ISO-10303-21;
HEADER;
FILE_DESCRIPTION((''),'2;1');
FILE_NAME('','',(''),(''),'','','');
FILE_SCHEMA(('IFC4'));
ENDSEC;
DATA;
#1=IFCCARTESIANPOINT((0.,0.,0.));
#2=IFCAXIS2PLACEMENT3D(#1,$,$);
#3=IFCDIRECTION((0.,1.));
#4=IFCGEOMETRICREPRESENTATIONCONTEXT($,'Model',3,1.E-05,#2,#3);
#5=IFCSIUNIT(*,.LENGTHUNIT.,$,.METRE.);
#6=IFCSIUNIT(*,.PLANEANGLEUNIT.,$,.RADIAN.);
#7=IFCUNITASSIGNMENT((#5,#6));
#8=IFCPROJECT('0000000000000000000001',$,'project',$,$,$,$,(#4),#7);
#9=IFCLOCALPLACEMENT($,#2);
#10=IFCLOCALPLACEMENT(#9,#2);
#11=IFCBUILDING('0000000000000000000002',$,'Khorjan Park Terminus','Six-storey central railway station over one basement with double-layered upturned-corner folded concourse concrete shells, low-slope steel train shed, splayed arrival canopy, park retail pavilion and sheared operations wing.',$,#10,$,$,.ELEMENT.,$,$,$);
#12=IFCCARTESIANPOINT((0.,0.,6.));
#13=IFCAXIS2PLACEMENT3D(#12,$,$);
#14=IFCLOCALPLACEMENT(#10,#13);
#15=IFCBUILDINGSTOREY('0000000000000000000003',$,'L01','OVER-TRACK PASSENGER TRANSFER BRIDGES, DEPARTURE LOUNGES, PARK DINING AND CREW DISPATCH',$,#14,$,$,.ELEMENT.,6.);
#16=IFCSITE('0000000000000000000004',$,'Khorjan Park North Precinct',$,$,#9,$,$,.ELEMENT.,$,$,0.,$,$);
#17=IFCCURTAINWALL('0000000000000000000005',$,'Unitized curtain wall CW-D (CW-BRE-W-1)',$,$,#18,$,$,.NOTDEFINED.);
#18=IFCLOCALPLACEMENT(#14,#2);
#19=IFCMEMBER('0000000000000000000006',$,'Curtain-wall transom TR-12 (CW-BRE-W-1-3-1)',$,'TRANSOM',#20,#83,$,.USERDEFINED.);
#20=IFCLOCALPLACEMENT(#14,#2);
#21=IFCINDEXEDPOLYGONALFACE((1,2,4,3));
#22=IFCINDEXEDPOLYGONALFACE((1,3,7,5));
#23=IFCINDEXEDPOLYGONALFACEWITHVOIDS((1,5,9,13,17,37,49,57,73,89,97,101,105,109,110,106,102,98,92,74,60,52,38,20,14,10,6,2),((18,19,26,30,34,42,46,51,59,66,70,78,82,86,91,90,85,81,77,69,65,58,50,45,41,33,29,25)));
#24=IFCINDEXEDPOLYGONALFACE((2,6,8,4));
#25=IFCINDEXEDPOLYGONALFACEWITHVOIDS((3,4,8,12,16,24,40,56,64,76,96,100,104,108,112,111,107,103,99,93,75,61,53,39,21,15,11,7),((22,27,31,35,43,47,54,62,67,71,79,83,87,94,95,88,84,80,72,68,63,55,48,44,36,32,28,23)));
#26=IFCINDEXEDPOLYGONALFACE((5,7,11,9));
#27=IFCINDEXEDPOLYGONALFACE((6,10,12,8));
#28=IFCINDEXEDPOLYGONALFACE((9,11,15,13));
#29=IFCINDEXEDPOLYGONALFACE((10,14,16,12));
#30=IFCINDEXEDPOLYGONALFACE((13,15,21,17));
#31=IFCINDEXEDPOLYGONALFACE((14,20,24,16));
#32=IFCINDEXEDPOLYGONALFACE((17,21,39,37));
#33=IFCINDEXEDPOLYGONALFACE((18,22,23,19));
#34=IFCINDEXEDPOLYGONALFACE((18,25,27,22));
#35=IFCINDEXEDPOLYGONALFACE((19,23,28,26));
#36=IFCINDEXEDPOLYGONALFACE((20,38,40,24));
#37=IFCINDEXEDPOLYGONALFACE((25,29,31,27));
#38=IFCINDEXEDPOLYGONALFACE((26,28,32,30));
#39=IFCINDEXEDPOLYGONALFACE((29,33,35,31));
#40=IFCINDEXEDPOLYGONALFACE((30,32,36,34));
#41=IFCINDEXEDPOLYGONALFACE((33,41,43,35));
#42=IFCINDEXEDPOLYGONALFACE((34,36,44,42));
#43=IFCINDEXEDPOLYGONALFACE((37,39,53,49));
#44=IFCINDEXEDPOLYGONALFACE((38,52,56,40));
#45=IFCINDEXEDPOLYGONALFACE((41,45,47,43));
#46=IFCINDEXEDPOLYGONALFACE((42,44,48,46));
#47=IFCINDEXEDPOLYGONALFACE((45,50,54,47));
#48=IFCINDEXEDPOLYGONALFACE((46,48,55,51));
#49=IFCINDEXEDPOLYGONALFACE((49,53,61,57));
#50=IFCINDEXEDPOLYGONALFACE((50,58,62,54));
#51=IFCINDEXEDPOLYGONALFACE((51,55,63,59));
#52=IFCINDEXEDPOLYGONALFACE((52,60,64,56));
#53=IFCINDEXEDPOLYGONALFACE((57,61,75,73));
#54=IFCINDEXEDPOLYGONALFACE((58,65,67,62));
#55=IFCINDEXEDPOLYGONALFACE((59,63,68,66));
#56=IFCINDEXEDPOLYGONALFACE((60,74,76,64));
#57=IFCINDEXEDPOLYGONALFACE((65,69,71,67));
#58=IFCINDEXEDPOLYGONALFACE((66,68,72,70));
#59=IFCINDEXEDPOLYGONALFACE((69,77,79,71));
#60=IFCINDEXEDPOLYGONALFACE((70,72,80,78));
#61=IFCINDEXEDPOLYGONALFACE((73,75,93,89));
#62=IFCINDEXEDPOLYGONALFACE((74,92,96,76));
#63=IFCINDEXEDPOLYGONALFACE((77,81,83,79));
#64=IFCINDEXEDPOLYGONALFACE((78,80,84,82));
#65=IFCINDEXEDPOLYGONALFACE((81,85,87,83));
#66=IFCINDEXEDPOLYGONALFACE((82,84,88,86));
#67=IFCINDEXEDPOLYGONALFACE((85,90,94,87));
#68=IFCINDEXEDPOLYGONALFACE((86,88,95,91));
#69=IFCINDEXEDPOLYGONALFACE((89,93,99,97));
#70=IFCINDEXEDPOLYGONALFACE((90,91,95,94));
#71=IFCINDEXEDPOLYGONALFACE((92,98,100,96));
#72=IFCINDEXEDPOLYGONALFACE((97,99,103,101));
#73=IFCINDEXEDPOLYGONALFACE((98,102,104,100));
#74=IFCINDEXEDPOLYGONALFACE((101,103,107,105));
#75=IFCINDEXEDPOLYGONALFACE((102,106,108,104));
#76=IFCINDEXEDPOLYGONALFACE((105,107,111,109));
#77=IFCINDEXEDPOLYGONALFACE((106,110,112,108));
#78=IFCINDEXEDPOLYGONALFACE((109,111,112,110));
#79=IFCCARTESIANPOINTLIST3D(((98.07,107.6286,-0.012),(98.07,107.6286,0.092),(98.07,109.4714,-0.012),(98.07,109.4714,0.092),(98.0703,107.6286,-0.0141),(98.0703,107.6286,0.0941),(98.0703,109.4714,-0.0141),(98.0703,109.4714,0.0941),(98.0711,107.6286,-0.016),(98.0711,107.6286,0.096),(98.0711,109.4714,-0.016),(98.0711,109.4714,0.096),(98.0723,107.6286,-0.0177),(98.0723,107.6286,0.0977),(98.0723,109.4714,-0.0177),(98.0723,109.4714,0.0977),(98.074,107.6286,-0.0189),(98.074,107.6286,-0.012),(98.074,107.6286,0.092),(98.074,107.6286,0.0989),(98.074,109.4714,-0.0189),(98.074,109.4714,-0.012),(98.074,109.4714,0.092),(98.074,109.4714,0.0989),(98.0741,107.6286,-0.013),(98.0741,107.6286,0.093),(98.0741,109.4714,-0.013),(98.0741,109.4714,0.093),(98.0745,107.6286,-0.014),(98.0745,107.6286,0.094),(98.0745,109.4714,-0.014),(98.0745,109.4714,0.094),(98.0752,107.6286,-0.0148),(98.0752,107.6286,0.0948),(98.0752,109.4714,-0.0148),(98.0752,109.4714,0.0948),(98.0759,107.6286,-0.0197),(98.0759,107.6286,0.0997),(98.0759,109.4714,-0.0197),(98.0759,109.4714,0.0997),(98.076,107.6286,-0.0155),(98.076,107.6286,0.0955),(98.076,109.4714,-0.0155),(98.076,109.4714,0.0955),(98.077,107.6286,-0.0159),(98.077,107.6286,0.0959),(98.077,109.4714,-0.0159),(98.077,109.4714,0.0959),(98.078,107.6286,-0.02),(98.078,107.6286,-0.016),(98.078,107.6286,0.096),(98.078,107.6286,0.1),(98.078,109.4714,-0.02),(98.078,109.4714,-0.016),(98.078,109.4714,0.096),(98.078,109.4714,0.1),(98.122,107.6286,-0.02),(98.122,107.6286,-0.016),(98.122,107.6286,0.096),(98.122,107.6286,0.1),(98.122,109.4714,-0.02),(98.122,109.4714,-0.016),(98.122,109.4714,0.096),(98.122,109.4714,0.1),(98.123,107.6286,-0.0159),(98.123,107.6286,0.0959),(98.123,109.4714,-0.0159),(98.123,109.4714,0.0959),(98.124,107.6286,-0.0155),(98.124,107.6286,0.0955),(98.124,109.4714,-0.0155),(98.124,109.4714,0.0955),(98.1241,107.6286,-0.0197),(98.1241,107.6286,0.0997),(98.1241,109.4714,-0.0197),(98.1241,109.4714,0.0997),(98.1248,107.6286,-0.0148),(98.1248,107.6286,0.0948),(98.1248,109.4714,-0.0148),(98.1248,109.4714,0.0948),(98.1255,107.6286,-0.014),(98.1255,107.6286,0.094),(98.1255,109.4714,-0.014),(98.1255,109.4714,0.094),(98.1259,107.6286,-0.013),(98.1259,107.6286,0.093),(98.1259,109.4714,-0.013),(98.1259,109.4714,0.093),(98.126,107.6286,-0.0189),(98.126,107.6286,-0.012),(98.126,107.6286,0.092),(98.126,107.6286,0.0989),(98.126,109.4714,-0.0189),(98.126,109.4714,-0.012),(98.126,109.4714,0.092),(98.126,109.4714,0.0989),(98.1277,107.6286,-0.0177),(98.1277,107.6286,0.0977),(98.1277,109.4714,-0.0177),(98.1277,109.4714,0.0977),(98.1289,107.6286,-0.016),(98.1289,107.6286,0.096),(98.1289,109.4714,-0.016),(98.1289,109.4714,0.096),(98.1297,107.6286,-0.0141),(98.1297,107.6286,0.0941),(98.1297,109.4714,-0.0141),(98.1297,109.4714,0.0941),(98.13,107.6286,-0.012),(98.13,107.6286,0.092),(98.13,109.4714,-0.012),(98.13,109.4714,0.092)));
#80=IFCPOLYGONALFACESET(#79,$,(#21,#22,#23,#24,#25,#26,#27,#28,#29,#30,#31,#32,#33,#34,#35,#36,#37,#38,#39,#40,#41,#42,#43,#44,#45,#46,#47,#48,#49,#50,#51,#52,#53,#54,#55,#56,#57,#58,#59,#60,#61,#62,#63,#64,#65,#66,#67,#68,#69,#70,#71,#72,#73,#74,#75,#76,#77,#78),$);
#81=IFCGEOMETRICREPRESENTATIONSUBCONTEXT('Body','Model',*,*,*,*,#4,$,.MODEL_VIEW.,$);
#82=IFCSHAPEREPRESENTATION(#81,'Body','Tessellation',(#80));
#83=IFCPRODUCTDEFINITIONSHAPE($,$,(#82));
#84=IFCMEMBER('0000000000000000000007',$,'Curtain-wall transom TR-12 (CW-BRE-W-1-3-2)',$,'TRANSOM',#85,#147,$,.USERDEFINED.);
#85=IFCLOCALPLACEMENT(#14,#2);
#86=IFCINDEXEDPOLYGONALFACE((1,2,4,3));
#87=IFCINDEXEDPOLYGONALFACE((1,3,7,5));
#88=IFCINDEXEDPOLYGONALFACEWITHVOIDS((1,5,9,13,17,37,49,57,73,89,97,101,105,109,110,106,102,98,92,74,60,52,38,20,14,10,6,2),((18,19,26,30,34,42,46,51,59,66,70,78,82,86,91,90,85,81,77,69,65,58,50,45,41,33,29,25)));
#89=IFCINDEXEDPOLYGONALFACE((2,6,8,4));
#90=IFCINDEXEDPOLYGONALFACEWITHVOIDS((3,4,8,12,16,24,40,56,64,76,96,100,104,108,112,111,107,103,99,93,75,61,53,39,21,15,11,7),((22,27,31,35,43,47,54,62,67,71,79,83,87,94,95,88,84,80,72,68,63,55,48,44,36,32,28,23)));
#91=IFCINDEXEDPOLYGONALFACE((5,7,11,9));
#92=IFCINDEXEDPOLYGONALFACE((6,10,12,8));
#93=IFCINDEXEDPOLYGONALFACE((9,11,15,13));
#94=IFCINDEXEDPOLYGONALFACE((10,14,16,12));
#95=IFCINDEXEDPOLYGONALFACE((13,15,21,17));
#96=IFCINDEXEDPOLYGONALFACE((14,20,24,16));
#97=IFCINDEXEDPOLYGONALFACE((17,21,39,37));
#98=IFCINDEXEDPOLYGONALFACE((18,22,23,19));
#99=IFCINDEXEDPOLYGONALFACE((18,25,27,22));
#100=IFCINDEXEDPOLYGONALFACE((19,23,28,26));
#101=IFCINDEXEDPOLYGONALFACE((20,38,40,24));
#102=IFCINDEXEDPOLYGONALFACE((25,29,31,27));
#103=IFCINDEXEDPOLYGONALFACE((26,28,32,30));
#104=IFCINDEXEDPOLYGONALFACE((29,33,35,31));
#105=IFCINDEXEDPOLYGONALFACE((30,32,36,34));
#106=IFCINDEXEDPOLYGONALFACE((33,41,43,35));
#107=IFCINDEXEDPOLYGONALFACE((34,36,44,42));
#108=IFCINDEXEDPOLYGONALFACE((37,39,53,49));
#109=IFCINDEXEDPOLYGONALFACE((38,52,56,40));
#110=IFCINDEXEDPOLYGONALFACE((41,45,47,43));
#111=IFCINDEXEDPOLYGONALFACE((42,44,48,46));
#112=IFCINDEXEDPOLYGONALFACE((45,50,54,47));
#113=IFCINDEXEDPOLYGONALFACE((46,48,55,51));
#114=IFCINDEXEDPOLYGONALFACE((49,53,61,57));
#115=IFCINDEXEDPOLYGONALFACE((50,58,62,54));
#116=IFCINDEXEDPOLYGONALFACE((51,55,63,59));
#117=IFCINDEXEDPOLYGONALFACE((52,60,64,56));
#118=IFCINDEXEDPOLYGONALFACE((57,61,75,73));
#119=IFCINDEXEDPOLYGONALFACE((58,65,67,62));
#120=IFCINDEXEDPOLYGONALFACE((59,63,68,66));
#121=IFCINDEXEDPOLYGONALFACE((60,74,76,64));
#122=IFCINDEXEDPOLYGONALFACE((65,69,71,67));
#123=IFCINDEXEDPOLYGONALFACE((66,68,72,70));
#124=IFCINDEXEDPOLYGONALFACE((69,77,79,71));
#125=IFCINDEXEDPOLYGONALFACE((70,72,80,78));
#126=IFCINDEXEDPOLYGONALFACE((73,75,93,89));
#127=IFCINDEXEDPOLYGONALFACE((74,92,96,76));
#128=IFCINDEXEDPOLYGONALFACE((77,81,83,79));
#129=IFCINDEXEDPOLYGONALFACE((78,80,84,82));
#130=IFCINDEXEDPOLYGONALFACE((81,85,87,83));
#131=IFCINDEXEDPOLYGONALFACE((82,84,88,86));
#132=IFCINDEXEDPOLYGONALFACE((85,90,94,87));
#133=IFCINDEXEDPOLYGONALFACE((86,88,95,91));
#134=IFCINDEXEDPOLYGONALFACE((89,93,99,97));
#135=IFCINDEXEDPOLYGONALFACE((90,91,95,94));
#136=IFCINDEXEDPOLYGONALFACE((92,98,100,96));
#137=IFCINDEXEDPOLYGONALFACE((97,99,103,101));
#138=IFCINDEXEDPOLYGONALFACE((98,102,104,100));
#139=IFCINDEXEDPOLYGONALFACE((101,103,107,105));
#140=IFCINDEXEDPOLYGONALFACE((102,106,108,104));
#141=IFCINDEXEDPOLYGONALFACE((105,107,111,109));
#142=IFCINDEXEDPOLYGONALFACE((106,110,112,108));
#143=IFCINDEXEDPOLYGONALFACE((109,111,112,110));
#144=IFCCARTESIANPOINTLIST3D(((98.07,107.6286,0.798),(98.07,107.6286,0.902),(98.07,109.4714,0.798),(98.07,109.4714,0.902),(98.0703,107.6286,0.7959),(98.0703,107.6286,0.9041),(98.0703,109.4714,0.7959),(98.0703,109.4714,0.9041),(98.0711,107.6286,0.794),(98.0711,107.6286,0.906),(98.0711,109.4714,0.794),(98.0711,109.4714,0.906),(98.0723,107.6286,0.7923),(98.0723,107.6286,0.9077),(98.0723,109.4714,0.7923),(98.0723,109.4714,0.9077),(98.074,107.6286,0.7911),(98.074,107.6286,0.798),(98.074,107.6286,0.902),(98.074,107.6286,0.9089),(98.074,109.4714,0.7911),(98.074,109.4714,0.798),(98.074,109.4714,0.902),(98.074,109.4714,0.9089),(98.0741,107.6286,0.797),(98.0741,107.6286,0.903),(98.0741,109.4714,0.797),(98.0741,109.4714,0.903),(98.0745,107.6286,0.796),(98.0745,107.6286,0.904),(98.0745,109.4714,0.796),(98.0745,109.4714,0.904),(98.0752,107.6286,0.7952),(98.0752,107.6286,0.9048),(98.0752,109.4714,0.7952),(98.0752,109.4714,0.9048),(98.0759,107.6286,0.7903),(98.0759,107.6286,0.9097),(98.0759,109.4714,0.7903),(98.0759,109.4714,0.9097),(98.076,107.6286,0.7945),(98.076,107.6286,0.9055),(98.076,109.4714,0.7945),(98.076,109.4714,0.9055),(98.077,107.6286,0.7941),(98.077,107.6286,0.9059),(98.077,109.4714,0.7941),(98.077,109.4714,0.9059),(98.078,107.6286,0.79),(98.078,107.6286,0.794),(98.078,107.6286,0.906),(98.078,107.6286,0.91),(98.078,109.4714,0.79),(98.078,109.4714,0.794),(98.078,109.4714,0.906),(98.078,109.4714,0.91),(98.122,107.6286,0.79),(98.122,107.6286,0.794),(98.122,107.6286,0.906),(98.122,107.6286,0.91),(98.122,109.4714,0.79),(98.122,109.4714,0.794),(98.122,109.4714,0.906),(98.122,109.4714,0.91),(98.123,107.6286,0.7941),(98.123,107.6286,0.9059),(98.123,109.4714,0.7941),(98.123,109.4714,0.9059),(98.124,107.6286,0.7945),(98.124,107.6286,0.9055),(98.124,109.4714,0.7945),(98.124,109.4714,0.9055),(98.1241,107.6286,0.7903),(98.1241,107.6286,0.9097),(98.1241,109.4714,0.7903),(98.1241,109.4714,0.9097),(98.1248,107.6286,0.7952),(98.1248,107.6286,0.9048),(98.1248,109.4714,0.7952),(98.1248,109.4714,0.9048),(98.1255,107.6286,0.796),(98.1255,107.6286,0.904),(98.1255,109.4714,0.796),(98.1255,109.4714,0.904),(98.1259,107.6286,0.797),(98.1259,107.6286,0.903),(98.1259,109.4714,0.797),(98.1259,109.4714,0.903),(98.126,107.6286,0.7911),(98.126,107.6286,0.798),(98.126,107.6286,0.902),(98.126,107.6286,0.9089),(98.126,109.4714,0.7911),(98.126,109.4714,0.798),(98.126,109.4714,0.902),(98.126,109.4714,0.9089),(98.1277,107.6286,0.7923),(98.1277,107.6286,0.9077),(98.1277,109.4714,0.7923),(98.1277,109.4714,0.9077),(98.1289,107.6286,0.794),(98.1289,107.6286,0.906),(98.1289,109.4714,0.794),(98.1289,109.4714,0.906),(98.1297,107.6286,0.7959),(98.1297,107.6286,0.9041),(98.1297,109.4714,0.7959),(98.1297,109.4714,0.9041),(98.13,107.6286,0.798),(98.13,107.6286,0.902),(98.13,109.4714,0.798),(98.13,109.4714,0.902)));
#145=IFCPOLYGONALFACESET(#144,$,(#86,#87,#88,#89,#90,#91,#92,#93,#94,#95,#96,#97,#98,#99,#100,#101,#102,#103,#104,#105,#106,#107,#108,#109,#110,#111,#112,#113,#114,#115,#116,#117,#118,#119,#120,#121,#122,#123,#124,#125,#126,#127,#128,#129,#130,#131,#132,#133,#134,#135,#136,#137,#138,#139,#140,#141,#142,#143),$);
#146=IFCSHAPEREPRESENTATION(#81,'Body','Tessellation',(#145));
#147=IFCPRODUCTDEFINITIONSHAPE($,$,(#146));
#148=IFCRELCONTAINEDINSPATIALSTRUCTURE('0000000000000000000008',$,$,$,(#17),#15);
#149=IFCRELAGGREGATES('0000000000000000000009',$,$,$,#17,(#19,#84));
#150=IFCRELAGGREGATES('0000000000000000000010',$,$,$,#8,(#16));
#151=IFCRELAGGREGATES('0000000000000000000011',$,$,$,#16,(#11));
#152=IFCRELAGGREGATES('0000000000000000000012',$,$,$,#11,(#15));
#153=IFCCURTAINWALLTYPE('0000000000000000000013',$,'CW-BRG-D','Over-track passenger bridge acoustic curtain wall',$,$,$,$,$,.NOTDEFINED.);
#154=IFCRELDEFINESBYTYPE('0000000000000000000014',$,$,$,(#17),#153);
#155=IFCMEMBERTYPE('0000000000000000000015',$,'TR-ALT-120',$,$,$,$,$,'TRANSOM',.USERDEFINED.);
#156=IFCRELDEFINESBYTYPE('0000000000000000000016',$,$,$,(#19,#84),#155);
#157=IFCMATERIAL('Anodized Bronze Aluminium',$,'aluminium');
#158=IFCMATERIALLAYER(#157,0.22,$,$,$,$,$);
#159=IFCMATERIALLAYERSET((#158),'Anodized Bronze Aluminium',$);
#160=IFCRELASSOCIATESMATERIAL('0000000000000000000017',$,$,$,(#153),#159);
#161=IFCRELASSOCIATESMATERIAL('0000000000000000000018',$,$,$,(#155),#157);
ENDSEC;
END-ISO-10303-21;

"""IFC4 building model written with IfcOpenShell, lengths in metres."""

from ifc_helpers import new_model, si_unit, direction, frame, origin, origin_2d, place, context, subcontext, project, spatial, hollow_rectangle, extrude, material, layer, layer_set, material_profile, profile_set, type_object, element, aggregate, save


model = new_model("IFC4")

# Units and contexts
model_context = context("Model", 3, precision=1e-05, world=origin(), true_north=direction((0.0, 1.0)))
body_context = subcontext(model_context, "Body", "Model", "MODEL_VIEW")
ifc_project = project(units=[si_unit("LENGTHUNIT", "METRE"), si_unit("PLANEANGLEUNIT", "RADIAN")], contexts=[model_context])

# Site, building, storey
site_placement = place(None, origin())
site = spatial("IfcSite", under=ifc_project, at=site_placement, Name="Khorjan Park North Precinct", CompositionType="ELEMENT", RefElevation=0.0)
building_placement = place(site_placement, origin())
building = spatial("IfcBuilding", under=site, at=building_placement, Name="Khorjan Park Terminus", Description="Six-storey central railway station over one basement with double-layered upturned-corner folded concourse concrete shells, low-slope steel train shed, splayed arrival canopy, park retail pavilion and sheared operations wing.", CompositionType="ELEMENT")
storey_placement = place(building_placement, frame((0.0, 0.0, 6.0)))
storey = spatial("IfcBuildingStorey", under=building, at=storey_placement, Name="L01", Description="OVER-TRACK PASSENGER TRANSFER BRIDGES, DEPARTURE LOUNGES, PARK DINING AND CREW DISPATCH", CompositionType="ELEMENT", Elevation=6.0)

# Shared definitions
ifc_material_1 = material(Name="Anodized Bronze Aluminium", Category="aluminium")
ifc_layer_1 = layer(ifc_material_1, 0.22)
ifc_layer_set_1 = layer_set([ifc_layer_1], Name="Anodized Bronze Aluminium")
curtain_wall_type = type_object("IfcCurtainWallType", Name="CW-BRG-D", Description="Over-track passenger bridge acoustic curtain wall", PredefinedType="NOTDEFINED", material=ifc_layer_set_1)

# Curtain wall
curtain_wall_1_placement = place(storey_placement, origin())
curtain_wall_1 = element("IfcCurtainWall", 1, at=curtain_wall_1_placement, inside=storey, type_object=curtain_wall_type, Name="Unitized curtain wall CW-D (CW-BRE-W-1)", PredefinedType="NOTDEFINED")

# Members
ifc_material_profile_1 = material_profile(ifc_material_1, hollow_rectangle(XDim=0.06, YDim=0.12, WallThickness=0.004, InnerFilletRadius=0.004, OuterFilletRadius=0.008, at=origin_2d()), Name="ALT 60x120x4")
ifc_profile_set_1 = profile_set([ifc_material_profile_1], Name="Anodized Bronze Aluminium")
member_type_1 = type_object("IfcMemberType", Name="TR-ALT-120", ElementType="TRANSOM", PredefinedType="USERDEFINED", material=ifc_profile_set_1)
member_1_placement = place(storey_placement, frame((98.1, 109.4714, 0.04), z_axis=(0.0, -1.0, 0.0), x_axis=(1.0, 0.0, 0.0)))
member_1 = element("IfcMember", 2, at=member_1_placement, type_object=member_type_1, Name="Curtain-wall transom TR-12 (CW-BRE-W-1-3-1)", ObjectType="TRANSOM", PredefinedType="USERDEFINED", context=body_context, shape_type="SweptSolid", body=[
    extrude(hollow_rectangle(XDim=0.06, YDim=0.12, WallThickness=0.004, InnerFilletRadius=0.004, OuterFilletRadius=0.008, at=origin_2d()), origin(), (0.0, 0.0, 1.0), 1.8428),
])
member_2_placement = place(storey_placement, frame((98.1, 109.4714, 0.85), z_axis=(0.0, -1.0, 0.0), x_axis=(1.0, 0.0, 0.0)))
member_2 = element("IfcMember", 3, at=member_2_placement, type_object=member_type_1, Name="Curtain-wall transom TR-12 (CW-BRE-W-1-3-2)", ObjectType="TRANSOM", PredefinedType="USERDEFINED", context=body_context, shape_type="SweptSolid", body=[
    extrude(hollow_rectangle(XDim=0.06, YDim=0.12, WallThickness=0.004, InnerFilletRadius=0.004, OuterFilletRadius=0.008, at=origin_2d()), origin(), (0.0, 0.0, 1.0), 1.8428),
])

aggregate(curtain_wall_1, [member_1, member_2])

save(model, "model.ifc")
